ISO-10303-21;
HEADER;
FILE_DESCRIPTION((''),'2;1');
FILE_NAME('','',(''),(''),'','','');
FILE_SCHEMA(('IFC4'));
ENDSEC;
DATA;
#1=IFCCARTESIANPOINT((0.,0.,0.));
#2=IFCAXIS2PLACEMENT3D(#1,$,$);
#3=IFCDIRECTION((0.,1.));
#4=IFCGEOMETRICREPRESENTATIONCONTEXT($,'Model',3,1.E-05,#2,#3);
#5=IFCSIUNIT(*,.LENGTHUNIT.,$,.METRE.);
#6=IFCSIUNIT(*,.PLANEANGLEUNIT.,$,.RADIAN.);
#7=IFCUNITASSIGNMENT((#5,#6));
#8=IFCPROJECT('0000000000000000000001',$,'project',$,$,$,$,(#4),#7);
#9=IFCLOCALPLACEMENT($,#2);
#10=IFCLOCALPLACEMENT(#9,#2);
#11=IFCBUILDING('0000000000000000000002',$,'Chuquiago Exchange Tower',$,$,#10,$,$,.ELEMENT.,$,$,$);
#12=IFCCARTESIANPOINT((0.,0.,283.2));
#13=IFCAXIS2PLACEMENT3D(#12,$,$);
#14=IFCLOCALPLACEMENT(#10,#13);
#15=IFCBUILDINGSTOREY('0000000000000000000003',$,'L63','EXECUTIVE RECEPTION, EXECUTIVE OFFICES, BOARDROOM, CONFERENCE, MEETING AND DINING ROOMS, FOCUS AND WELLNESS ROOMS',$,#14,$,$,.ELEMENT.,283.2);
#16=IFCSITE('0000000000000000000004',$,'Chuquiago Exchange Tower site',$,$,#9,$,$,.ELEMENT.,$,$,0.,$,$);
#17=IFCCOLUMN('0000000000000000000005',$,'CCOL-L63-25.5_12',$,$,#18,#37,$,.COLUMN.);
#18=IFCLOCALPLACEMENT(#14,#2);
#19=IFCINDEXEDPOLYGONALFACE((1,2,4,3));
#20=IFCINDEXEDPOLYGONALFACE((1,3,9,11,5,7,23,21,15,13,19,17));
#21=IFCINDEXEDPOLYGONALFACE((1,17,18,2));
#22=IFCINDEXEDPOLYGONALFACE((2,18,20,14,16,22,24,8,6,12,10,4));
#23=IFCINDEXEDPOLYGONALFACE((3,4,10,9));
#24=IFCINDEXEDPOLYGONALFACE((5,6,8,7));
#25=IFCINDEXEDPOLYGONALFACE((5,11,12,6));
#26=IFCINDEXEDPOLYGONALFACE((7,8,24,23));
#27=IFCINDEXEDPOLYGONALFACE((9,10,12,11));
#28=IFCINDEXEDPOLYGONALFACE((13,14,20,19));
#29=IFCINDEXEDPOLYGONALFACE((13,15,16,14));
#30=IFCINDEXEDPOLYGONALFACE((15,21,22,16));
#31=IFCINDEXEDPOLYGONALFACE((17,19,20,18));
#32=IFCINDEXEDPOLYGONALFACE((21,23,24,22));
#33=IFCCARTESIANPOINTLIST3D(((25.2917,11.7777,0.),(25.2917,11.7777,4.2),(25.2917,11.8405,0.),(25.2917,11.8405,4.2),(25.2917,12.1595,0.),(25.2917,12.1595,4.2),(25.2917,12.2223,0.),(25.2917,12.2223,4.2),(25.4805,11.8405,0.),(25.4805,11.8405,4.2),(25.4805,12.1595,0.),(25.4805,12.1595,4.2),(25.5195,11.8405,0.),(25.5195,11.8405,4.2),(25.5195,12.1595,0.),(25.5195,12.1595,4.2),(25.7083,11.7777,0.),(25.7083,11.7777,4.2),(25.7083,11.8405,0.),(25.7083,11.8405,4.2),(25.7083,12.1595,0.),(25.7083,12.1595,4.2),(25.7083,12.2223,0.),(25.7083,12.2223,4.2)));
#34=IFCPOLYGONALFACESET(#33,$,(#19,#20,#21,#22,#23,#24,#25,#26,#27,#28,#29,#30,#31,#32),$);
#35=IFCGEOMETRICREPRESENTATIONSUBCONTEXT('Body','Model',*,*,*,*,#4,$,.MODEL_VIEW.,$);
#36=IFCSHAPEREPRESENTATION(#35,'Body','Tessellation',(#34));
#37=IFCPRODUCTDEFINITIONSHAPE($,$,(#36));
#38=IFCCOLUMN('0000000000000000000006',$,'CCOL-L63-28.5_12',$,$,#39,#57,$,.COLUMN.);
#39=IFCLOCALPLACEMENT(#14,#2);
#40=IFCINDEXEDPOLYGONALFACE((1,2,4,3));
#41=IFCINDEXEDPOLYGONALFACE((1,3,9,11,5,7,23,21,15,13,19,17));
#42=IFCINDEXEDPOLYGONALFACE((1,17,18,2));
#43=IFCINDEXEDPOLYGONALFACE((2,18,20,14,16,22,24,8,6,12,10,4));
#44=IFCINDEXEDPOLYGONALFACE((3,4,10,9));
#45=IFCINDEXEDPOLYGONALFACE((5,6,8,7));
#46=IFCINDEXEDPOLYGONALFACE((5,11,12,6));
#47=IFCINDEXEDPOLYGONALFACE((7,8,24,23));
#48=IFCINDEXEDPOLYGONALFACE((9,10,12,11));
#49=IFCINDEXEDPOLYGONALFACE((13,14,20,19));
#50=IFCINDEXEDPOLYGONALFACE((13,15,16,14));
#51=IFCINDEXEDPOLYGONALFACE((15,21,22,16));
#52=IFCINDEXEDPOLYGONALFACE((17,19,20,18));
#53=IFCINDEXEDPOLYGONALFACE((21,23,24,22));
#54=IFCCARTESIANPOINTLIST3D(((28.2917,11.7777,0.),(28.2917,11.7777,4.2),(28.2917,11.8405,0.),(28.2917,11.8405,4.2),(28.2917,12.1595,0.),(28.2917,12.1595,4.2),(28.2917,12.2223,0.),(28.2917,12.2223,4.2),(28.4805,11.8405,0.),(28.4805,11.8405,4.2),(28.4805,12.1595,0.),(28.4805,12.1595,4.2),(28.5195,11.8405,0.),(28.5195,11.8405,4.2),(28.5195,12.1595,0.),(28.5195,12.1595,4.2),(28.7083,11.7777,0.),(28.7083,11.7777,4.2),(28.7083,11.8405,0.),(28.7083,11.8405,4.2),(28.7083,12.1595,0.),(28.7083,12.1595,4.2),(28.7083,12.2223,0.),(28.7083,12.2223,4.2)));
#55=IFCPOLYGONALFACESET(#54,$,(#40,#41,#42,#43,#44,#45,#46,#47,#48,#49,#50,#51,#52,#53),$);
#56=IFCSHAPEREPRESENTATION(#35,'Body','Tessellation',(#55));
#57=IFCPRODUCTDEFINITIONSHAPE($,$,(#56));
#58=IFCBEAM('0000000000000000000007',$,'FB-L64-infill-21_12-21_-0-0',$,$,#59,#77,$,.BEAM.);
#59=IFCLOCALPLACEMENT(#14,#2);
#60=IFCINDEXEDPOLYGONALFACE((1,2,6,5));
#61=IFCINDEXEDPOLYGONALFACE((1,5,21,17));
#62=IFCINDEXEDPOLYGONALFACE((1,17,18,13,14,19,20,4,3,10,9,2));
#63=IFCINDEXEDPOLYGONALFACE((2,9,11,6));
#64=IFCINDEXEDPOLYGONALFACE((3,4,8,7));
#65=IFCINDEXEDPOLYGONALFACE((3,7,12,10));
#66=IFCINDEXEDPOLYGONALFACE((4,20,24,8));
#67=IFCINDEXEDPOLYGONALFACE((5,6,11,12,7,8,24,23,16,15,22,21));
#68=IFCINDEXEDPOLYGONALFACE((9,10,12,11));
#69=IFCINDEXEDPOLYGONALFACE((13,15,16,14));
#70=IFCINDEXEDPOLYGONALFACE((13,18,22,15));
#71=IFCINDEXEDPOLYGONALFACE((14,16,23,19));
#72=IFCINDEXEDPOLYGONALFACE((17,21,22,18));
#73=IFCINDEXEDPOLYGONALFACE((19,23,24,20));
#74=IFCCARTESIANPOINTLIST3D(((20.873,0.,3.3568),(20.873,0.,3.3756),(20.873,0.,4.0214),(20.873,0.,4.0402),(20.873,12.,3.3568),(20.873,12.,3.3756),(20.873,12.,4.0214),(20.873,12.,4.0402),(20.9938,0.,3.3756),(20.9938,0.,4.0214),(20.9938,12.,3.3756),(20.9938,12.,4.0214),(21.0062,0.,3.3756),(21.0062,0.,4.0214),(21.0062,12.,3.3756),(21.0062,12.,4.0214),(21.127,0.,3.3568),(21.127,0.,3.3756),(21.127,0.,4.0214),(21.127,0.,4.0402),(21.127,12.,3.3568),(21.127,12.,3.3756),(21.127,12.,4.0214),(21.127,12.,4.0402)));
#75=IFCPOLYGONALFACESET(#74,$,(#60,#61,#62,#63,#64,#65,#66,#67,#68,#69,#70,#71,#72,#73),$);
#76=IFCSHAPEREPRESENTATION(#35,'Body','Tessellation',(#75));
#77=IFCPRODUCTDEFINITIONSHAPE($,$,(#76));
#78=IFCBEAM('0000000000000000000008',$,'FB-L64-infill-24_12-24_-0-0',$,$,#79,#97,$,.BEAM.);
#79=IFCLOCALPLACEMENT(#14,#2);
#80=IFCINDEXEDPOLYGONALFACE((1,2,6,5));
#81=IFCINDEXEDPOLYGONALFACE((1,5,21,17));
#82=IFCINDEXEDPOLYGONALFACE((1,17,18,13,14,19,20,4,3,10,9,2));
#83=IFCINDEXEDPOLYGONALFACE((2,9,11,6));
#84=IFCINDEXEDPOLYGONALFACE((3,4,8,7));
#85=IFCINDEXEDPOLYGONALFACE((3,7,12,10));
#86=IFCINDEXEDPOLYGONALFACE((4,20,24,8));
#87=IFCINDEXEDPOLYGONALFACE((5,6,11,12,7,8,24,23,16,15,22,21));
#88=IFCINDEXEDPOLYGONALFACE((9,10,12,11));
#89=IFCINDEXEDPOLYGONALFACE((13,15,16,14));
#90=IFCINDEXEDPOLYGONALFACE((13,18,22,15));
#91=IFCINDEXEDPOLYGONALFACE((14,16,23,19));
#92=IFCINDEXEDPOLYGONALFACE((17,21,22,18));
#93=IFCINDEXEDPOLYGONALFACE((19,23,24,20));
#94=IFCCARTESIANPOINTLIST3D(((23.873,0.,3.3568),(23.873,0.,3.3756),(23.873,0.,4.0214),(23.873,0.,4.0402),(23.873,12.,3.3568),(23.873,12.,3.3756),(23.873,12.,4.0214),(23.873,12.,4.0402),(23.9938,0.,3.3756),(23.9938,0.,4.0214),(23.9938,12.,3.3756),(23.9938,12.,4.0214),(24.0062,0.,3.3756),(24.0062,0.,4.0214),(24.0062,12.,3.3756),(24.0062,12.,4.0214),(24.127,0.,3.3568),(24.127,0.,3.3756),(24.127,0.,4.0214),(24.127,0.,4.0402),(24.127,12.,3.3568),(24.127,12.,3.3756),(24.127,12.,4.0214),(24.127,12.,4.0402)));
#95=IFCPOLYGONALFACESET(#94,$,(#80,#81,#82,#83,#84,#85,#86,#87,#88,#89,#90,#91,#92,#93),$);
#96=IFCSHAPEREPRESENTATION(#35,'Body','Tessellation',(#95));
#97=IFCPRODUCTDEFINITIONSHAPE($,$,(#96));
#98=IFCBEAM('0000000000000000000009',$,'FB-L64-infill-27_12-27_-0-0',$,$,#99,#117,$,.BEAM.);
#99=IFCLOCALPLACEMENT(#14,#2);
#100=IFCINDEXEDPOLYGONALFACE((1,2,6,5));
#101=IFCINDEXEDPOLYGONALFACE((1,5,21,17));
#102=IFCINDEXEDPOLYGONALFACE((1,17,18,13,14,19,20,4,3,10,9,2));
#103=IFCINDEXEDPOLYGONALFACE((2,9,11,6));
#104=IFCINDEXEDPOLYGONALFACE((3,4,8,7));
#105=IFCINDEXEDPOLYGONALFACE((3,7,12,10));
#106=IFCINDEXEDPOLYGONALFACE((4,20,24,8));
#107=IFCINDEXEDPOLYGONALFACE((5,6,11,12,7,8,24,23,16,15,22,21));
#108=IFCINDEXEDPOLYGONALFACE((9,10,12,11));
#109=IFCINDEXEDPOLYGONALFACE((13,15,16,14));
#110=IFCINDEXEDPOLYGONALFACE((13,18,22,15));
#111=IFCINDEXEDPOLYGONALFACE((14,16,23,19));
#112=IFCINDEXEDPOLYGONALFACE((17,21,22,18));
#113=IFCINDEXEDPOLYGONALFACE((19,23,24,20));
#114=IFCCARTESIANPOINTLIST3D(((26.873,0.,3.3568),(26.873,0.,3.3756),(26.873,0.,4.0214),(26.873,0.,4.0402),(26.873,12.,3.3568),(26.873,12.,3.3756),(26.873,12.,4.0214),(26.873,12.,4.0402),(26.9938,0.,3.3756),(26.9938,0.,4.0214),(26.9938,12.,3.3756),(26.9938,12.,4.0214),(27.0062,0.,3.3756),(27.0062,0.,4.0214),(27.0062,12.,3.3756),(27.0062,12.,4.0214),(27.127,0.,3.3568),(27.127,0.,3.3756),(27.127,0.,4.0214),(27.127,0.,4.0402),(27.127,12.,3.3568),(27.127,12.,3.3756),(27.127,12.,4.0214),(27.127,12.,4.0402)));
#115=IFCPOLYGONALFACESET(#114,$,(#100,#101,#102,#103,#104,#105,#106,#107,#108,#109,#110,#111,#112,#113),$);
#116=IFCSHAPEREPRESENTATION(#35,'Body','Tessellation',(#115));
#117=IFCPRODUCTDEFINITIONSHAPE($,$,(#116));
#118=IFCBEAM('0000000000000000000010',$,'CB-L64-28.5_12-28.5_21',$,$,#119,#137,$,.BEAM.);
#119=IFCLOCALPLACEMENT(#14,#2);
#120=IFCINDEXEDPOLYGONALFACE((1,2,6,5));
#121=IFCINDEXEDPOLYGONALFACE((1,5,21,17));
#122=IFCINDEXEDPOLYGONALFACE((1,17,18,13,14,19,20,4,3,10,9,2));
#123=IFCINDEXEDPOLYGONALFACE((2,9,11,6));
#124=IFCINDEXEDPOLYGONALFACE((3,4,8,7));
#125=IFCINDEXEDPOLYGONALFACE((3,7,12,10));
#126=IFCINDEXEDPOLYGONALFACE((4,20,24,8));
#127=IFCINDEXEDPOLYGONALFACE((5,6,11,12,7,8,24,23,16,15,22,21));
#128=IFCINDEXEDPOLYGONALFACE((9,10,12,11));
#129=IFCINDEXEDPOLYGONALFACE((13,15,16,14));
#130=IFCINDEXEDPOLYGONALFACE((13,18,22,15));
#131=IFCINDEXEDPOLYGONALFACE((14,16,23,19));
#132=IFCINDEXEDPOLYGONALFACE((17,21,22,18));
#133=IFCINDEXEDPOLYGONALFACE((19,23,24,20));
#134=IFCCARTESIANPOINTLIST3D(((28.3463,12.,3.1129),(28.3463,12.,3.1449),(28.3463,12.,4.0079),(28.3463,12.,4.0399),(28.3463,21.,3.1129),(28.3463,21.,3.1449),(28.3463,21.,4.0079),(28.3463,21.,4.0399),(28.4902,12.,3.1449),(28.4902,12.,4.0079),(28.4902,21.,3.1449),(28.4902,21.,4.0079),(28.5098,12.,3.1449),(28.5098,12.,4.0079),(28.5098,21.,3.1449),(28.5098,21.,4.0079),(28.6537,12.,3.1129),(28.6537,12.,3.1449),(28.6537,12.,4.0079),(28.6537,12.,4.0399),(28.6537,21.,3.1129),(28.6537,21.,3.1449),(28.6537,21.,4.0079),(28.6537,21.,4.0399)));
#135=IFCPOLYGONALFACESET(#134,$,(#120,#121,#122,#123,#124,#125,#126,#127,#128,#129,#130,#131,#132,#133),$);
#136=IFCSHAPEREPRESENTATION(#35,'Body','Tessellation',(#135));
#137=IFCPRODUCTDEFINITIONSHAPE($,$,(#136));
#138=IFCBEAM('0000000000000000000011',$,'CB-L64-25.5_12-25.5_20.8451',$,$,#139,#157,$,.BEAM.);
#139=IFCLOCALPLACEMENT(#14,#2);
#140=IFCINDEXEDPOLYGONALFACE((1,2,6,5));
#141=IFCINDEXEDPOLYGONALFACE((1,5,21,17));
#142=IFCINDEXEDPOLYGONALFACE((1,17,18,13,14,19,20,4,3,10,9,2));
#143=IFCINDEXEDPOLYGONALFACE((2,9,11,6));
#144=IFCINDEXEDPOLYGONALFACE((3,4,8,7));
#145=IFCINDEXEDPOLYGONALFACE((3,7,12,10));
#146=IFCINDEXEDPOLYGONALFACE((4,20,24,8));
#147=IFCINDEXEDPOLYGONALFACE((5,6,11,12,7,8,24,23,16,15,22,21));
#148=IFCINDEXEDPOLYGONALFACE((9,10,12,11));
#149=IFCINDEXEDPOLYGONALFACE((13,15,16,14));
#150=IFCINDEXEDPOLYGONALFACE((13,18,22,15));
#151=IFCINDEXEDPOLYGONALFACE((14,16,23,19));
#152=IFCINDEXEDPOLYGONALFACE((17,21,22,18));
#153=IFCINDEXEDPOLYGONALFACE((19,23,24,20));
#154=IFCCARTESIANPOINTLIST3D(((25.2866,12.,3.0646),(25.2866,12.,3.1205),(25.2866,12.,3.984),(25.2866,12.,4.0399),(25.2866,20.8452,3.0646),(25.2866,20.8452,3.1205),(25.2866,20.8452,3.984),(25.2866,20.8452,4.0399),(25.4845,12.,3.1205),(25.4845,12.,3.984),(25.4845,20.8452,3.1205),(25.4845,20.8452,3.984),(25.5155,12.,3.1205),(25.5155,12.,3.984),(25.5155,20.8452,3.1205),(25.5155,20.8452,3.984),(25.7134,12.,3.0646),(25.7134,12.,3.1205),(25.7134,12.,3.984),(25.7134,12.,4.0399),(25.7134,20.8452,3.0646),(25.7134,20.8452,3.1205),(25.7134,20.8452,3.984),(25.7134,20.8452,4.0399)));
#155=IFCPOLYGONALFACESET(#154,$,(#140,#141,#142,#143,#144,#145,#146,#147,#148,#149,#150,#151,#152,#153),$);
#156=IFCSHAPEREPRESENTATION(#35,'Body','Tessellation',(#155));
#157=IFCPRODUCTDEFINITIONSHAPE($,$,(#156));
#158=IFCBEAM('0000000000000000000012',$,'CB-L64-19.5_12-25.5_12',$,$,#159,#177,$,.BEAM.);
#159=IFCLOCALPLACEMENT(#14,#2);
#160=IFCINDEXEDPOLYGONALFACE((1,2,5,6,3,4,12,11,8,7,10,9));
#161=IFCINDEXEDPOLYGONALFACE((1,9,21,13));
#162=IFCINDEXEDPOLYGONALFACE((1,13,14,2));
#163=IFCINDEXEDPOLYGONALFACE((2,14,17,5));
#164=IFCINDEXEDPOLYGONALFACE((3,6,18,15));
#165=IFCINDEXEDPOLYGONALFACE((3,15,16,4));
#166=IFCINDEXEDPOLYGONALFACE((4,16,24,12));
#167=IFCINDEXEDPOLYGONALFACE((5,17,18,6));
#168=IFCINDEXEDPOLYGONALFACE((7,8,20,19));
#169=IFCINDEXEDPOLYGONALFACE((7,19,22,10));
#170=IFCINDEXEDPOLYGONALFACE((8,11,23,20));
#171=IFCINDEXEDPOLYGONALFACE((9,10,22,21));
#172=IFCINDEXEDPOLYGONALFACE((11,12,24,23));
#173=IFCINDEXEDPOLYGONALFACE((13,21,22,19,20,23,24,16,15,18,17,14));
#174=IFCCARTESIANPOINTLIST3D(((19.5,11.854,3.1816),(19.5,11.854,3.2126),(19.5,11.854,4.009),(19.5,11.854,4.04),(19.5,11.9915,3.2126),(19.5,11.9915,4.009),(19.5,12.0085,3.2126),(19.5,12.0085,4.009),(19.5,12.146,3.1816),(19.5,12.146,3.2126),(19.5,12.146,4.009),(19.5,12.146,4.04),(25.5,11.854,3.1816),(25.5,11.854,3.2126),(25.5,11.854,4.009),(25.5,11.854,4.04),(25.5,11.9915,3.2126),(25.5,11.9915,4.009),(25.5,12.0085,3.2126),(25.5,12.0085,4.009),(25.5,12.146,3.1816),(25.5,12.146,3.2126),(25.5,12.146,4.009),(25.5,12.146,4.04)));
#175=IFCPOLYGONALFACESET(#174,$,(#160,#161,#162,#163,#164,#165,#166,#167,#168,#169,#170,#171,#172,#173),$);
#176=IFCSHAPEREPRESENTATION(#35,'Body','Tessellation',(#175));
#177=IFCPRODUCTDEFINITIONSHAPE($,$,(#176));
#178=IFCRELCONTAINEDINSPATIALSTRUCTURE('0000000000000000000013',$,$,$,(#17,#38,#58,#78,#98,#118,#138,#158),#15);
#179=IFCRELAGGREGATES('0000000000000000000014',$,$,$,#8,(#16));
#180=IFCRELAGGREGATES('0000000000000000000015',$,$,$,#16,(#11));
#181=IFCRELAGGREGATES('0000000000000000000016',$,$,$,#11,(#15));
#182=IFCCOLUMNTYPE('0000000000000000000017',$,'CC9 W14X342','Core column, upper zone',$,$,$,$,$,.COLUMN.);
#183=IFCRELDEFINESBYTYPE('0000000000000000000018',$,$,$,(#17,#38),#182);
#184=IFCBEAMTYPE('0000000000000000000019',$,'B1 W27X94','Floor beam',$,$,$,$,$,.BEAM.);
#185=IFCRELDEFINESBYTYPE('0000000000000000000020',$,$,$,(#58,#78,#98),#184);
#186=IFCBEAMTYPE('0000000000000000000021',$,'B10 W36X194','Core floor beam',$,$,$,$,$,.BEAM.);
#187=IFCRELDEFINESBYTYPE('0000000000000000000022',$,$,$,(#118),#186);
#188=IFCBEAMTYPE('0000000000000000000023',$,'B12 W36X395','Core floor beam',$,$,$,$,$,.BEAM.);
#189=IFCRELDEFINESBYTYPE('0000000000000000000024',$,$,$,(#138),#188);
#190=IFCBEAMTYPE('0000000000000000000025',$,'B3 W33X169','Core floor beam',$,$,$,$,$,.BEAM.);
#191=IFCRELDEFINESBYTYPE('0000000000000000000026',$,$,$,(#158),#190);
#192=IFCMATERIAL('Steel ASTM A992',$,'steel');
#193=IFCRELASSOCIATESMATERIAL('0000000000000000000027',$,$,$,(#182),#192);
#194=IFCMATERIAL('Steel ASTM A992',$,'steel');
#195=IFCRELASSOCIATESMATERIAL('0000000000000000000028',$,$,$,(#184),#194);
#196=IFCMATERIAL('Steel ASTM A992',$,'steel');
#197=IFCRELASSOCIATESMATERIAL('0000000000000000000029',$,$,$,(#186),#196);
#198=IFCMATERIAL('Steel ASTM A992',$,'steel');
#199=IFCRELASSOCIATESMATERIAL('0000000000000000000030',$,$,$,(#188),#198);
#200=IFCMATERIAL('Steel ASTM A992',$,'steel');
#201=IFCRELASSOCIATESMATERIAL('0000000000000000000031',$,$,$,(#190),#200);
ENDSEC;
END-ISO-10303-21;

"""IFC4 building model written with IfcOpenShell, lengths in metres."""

from ifc_helpers import new_model, si_unit, direction, frame, origin, origin_2d, place, context, subcontext, project, spatial, i_section, extrude, material, material_profile, profile_set, type_object, element, save


model = new_model("IFC4")

# Units and contexts
model_context = context("Model", 3, precision=1e-05, world=origin(), true_north=direction((0.0, 1.0)))
body_context = subcontext(model_context, "Body", "Model", "MODEL_VIEW")
ifc_project = project(units=[si_unit("LENGTHUNIT", "METRE"), si_unit("PLANEANGLEUNIT", "RADIAN")], contexts=[model_context])

# Site, building, storey
site_placement = place(None, origin())
site = spatial("IfcSite", under=ifc_project, at=site_placement, Name="Chuquiago Exchange Tower site", CompositionType="ELEMENT", RefElevation=0.0)
building_placement = place(site_placement, origin())
building = spatial("IfcBuilding", under=site, at=building_placement, Name="Chuquiago Exchange Tower", CompositionType="ELEMENT")
storey_placement = place(building_placement, frame((0.0, 0.0, 283.2)))
storey = spatial("IfcBuildingStorey", under=building, at=storey_placement, Name="L63", Description="EXECUTIVE RECEPTION, EXECUTIVE OFFICES, BOARDROOM, CONFERENCE, MEETING AND DINING ROOMS, FOCUS AND WELLNESS ROOMS", CompositionType="ELEMENT", Elevation=283.2)

# Columns
ifc_material_1 = material(Name="Steel ASTM A992", Category="steel")
ifc_material_profile_1 = material_profile(ifc_material_1, i_section(OverallWidth=0.4165, OverallDepth=0.4446, WebThickness=0.0391, FlangeThickness=0.0627, at=origin_2d()), Name="W14X342")
ifc_profile_set_1 = profile_set([ifc_material_profile_1], Name="Steel ASTM A992")
column_type = type_object("IfcColumnType", Name="CC9 W14X342", Description="Core column, upper zone", PredefinedType="COLUMN", material=ifc_profile_set_1)
for number, where, z_axis, x_axis, name in (
    (1, (25.5, 12.0, 0.0), (0.0, 0.0, 1.0), (1.0, 0.0, 0.0), "CCOL-L63-25.5_12"),
    (2, (28.5, 12.0, 0.0), (0.0, 0.0, 1.0), (1.0, 0.0, 0.0), "CCOL-L63-28.5_12"),
):
    element("IfcColumn", number, at=place(storey_placement, frame(where, z_axis=z_axis, x_axis=x_axis)), inside=storey, type_object=column_type, Name=name, PredefinedType="COLUMN", context=body_context, shape_type="SweptSolid", body=[
        extrude(i_section(OverallWidth=0.4165, OverallDepth=0.4446, WebThickness=0.0391, FlangeThickness=0.0627, at=origin_2d()), origin(), (0.0, 0.0, 1.0), 4.2),
    ])

# Beams
ifc_material_2 = material(Name="Steel ASTM A992", Category="steel")
ifc_material_profile_2 = material_profile(ifc_material_2, i_section(OverallWidth=0.2539, OverallDepth=0.6833, WebThickness=0.0125, FlangeThickness=0.0188, at=origin_2d()), Name="W27X94")
ifc_profile_set_2 = profile_set([ifc_material_profile_2], Name="Steel ASTM A992")
beam_type_1 = type_object("IfcBeamType", Name="B1 W27X94", Description="Floor beam", PredefinedType="BEAM", material=ifc_profile_set_2)
for number, where, z_axis, x_axis, name in (
    (3, (21.0, 12.0, 3.6985), (0.0, -1.0, 0.0), (1.0, 0.0, 0.0), "FB-L64-infill-21_12-21_-0-0"),
    (4, (24.0, 12.0, 3.6985), (0.0, -1.0, 0.0), (1.0, 0.0, 0.0), "FB-L64-infill-24_12-24_-0-0"),
    (5, (27.0, 12.0, 3.6985), (0.0, -1.0, 0.0), (1.0, 0.0, 0.0), "FB-L64-infill-27_12-27_-0-0"),
):
    element("IfcBeam", number, at=place(storey_placement, frame(where, z_axis=z_axis, x_axis=x_axis)), inside=storey, type_object=beam_type_1, Name=name, PredefinedType="BEAM", context=body_context, shape_type="SweptSolid", body=[
        extrude(i_section(OverallWidth=0.2539, OverallDepth=0.6833, WebThickness=0.0125, FlangeThickness=0.0188, at=origin_2d()), origin(), (0.0, 0.0, 1.0), 12.0),
    ])
ifc_material_3 = material(Name="Steel ASTM A992", Category="steel")
ifc_material_profile_3 = material_profile(ifc_material_3, i_section(OverallWidth=0.3074, OverallDepth=0.927, WebThickness=0.0195, FlangeThickness=0.032, at=origin_2d()), Name="W36X194")
ifc_profile_set_3 = profile_set([ifc_material_profile_3], Name="Steel ASTM A992")
beam_type_2 = type_object("IfcBeamType", Name="B10 W36X194", Description="Core floor beam", PredefinedType="BEAM", material=ifc_profile_set_3)
beam_1_placement = place(storey_placement, frame((28.5, 12.0, 3.5764), z_axis=(0.0, 1.0, 0.0), x_axis=(-1.0, 0.0, 0.0)))
element("IfcBeam", 6, at=beam_1_placement, inside=storey, type_object=beam_type_2, Name="CB-L64-28.5_12-28.5_21", PredefinedType="BEAM", context=body_context, shape_type="SweptSolid", body=[
    extrude(i_section(OverallWidth=0.3074, OverallDepth=0.927, WebThickness=0.0195, FlangeThickness=0.032, at=origin_2d()), origin(), (0.0, 0.0, 1.0), 9.0),
])
ifc_material_4 = material(Name="Steel ASTM A992", Category="steel")
ifc_material_profile_4 = material_profile(ifc_material_4, i_section(OverallWidth=0.4268, OverallDepth=0.9753, WebThickness=0.031, FlangeThickness=0.0559, at=origin_2d()), Name="W36X395")
ifc_profile_set_4 = profile_set([ifc_material_profile_4], Name="Steel ASTM A992")
beam_type_3 = type_object("IfcBeamType", Name="B12 W36X395", Description="Core floor beam", PredefinedType="BEAM", material=ifc_profile_set_4)
beam_2_placement = place(storey_placement, frame((25.5, 12.0, 3.5522), z_axis=(0.0, 1.0, 0.0), x_axis=(-1.0, 0.0, 0.0)))
element("IfcBeam", 7, at=beam_2_placement, inside=storey, type_object=beam_type_3, Name="CB-L64-25.5_12-25.5_20.8451", PredefinedType="BEAM", context=body_context, shape_type="SweptSolid", body=[
    extrude(i_section(OverallWidth=0.4268, OverallDepth=0.9753, WebThickness=0.031, FlangeThickness=0.0559, at=origin_2d()), origin(), (0.0, 0.0, 1.0), 8.8452),
])
ifc_material_5 = material(Name="Steel ASTM A992", Category="steel")
ifc_material_profile_5 = material_profile(ifc_material_5, i_section(OverallWidth=0.292, OverallDepth=0.8584, WebThickness=0.0171, FlangeThickness=0.031, at=origin_2d()), Name="W33X169")
ifc_profile_set_5 = profile_set([ifc_material_profile_5], Name="Steel ASTM A992")
beam_type_4 = type_object("IfcBeamType", Name="B3 W33X169", Description="Core floor beam", PredefinedType="BEAM", material=ifc_profile_set_5)
beam_3_placement = place(storey_placement, frame((19.5, 12.0, 3.6108), z_axis=(1.0, 0.0, 0.0), x_axis=(0.0, 1.0, 0.0)))
element("IfcBeam", 8, at=beam_3_placement, inside=storey, type_object=beam_type_4, Name="CB-L64-19.5_12-25.5_12", PredefinedType="BEAM", context=body_context, shape_type="SweptSolid", body=[
    extrude(i_section(OverallWidth=0.292, OverallDepth=0.8584, WebThickness=0.0171, FlangeThickness=0.031, at=origin_2d()), origin(), (0.0, 0.0, 1.0), 6.0),
])

save(model, "model.ifc")
